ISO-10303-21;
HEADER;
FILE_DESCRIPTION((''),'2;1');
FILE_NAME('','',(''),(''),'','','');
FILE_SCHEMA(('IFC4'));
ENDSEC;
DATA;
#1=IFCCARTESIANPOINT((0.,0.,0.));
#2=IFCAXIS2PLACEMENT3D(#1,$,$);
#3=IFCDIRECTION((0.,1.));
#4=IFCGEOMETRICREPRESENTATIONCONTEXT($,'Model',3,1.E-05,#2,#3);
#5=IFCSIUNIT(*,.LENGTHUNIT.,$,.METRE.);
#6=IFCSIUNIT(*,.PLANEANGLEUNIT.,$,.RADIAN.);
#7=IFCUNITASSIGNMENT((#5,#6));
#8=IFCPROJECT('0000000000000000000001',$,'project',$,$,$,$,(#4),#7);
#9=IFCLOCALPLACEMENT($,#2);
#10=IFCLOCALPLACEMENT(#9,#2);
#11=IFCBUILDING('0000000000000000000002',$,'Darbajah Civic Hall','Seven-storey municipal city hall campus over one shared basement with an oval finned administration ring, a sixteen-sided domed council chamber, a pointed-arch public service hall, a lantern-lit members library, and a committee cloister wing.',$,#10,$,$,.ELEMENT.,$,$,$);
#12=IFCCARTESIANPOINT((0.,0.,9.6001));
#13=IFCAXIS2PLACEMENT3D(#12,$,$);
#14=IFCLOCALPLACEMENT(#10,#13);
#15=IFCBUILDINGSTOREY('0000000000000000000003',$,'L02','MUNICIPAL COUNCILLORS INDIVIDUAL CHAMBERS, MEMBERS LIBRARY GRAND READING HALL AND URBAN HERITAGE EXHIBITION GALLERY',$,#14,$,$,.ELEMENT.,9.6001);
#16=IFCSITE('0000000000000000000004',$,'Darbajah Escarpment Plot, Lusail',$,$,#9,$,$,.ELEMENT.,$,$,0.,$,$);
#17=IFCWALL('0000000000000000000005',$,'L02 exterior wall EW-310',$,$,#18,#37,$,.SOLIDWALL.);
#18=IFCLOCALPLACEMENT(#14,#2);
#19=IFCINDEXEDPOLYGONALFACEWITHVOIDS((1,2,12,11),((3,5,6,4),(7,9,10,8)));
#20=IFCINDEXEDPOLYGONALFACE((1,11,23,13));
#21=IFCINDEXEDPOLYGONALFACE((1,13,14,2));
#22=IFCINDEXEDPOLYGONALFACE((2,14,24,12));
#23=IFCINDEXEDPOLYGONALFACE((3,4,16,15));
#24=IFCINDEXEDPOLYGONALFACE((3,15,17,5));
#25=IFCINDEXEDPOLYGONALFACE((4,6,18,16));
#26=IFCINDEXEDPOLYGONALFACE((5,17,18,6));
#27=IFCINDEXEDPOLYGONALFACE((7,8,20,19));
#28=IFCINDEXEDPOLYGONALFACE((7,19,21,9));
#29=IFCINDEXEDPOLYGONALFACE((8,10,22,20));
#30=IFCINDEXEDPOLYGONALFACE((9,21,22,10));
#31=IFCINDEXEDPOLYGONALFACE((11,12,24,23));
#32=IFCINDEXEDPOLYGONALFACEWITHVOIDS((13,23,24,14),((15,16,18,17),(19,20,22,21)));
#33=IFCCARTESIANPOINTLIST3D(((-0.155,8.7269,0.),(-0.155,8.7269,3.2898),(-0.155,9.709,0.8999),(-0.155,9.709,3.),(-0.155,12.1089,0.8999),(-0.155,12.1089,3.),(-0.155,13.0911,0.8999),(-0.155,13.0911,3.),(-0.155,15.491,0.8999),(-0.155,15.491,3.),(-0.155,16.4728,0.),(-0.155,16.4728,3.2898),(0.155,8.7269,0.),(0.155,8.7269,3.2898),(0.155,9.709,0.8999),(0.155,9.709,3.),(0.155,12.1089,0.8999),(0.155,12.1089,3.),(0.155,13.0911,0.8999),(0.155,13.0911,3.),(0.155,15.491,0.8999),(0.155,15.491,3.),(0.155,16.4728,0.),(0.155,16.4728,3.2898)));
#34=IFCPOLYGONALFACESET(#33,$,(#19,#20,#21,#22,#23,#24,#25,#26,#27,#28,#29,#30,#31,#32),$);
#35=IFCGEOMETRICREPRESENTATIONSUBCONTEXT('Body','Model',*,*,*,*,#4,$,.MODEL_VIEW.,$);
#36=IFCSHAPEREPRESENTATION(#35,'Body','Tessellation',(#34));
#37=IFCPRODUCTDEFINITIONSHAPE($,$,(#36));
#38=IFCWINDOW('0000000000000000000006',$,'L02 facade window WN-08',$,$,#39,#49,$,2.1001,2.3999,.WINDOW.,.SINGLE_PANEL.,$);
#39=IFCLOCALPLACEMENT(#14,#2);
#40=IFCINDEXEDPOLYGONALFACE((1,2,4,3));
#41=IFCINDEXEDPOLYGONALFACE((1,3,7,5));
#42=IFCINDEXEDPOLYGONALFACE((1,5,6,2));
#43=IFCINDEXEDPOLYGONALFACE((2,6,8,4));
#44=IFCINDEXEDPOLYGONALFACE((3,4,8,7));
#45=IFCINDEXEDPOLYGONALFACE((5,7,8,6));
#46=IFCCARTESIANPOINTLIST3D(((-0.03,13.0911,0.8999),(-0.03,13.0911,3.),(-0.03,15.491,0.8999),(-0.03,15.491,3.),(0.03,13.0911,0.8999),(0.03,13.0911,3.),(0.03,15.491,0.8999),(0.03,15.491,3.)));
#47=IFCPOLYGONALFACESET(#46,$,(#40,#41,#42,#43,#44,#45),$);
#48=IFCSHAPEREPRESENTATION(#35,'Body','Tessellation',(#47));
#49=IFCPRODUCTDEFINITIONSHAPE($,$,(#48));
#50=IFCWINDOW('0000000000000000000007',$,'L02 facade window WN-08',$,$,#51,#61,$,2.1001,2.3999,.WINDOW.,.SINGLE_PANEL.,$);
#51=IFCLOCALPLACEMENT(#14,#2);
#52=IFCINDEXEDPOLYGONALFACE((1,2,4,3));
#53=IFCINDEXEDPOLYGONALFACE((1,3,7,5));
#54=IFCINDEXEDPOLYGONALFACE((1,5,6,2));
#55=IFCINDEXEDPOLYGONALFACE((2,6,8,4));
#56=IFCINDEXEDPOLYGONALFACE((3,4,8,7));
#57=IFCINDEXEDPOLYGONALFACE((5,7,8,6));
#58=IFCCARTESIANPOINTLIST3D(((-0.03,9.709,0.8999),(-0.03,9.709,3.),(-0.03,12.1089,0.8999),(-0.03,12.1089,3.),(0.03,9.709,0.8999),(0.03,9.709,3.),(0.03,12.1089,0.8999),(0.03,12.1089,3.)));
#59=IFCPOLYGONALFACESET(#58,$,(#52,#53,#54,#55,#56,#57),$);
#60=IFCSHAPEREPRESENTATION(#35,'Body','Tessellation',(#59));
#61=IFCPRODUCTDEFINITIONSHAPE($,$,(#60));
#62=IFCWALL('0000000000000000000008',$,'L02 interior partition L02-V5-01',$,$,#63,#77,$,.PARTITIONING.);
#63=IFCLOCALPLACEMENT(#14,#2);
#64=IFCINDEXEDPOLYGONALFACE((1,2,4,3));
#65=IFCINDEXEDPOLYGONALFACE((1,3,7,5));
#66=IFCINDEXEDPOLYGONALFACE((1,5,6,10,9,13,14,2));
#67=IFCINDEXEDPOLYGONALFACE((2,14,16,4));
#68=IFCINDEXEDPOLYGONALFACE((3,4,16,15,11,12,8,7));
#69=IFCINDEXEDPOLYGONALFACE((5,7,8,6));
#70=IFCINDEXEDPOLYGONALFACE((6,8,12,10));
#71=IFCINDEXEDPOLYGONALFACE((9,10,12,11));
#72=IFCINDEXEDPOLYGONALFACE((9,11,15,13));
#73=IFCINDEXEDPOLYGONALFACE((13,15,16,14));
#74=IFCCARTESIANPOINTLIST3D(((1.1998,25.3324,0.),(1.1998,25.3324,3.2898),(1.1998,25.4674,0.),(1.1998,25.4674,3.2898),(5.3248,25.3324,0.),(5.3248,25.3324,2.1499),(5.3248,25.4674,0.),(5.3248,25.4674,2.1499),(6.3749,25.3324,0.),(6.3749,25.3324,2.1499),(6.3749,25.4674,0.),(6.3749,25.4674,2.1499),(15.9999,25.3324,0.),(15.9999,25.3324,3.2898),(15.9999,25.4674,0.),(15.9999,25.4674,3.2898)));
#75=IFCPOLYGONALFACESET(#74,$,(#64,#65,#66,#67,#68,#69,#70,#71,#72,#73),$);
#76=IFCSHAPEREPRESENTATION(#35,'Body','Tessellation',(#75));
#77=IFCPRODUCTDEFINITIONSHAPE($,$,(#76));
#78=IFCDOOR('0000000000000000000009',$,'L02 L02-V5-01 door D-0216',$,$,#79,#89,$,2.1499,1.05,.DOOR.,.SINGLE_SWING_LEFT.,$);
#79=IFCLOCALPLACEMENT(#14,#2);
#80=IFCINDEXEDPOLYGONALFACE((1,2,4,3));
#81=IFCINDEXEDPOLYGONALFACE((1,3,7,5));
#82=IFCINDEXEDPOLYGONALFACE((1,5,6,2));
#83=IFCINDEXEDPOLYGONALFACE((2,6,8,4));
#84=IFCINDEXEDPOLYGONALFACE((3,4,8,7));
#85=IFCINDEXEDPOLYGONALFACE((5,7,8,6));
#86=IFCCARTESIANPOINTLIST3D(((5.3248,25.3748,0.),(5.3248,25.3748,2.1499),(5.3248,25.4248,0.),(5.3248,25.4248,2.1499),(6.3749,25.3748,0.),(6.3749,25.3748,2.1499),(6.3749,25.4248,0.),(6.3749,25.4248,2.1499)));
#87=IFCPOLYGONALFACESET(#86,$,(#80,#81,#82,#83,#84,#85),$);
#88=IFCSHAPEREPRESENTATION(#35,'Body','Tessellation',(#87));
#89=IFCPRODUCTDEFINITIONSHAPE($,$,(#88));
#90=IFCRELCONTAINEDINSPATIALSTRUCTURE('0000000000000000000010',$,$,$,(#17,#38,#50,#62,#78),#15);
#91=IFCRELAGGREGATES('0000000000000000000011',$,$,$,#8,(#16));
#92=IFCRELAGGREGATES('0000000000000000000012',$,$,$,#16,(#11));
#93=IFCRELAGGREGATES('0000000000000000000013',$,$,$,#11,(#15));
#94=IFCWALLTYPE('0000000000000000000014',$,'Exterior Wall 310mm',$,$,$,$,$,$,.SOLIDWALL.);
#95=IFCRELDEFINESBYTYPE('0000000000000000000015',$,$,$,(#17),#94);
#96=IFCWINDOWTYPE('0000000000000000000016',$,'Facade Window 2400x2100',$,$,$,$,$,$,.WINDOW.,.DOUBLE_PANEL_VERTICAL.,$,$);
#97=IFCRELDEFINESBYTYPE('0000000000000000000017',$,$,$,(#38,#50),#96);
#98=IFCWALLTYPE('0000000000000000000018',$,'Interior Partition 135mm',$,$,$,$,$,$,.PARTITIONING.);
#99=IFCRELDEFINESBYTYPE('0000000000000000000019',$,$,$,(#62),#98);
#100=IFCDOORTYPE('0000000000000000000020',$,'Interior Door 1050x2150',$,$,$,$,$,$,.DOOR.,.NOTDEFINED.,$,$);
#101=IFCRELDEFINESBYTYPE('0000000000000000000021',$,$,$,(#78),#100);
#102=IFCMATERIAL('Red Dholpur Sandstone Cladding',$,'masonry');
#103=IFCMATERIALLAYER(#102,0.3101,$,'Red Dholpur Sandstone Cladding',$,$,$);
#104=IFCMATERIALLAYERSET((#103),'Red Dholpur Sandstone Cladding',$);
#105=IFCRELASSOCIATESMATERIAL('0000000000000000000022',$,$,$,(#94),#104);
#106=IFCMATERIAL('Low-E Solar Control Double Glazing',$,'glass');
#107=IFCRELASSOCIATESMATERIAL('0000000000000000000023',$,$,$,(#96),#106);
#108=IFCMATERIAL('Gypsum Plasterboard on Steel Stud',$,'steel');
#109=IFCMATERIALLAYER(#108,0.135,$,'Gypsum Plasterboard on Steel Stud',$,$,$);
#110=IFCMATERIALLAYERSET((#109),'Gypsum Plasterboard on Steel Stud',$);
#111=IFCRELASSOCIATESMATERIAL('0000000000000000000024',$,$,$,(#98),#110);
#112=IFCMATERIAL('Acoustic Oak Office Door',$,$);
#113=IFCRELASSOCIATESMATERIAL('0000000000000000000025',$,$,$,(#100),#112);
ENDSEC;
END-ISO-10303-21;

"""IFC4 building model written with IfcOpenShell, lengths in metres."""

from ifc_helpers import new_model, si_unit, direction, frame, frame_2d, origin, place, context, subcontext, project, spatial, rectangle, extrude, material, layer, layer_set, type_object, element, fill, save


model = new_model("IFC4")

# Units and contexts
model_context = context("Model", 3, precision=1e-05, world=origin(), true_north=direction((0.0, 1.0)))
body_context = subcontext(model_context, "Body", "Model", "MODEL_VIEW")
ifc_project = project(units=[si_unit("LENGTHUNIT", "METRE"), si_unit("PLANEANGLEUNIT", "RADIAN")], contexts=[model_context])

# Site, building, storey
site_placement = place(None, origin())
site = spatial("IfcSite", under=ifc_project, at=site_placement, Name="Darbajah Escarpment Plot, Lusail", CompositionType="ELEMENT", RefElevation=0.0)
building_placement = place(site_placement, origin())
building = spatial("IfcBuilding", under=site, at=building_placement, Name="Darbajah Civic Hall", Description="Seven-storey municipal city hall campus over one shared basement with an oval finned administration ring, a sixteen-sided domed council chamber, a pointed-arch public service hall, a lantern-lit members library, and a committee cloister wing.", CompositionType="ELEMENT")
storey_placement = place(building_placement, frame((0.0, 0.0, 9.6001)))
storey = spatial("IfcBuildingStorey", under=building, at=storey_placement, Name="L02", Description="MUNICIPAL COUNCILLORS INDIVIDUAL CHAMBERS, MEMBERS LIBRARY GRAND READING HALL AND URBAN HERITAGE EXHIBITION GALLERY", CompositionType="ELEMENT", Elevation=9.6001)

# Wall, openings, windows
ifc_material_1 = material(Name="Red Dholpur Sandstone Cladding", Category="masonry")
ifc_layer_1 = layer(ifc_material_1, 0.3101, Name="Red Dholpur Sandstone Cladding")
ifc_layer_set_1 = layer_set([ifc_layer_1], Name="Red Dholpur Sandstone Cladding")
wall_type_1 = type_object("IfcWallType", Name="Exterior Wall 310mm", PredefinedType="SOLIDWALL", material=ifc_layer_set_1)
ifc_material_2 = material(Name="Low-E Solar Control Double Glazing", Category="glass")
wall_1_placement = place(storey_placement, frame((0.0, 16.4729, 0.0), z_axis=(0.0, 0.0, 1.0), x_axis=(0.0, -1.0, 0.0)))
wall_1 = element("IfcWall", 1, at=wall_1_placement, inside=storey, type_object=wall_type_1, Name="L02 exterior wall EW-310", PredefinedType="SOLIDWALL", context=body_context, shape_type="SweptSolid", body=[
    extrude(rectangle(XDim=7.7458, YDim=0.3101, at=frame_2d((3.873, 0.0))), origin(), (0.0, 0.0, 1.0), 3.2898),
])
opening_1_placement = place(wall_1_placement, frame((0.9819, 0.0, 0.8999)))
opening_1 = element("IfcOpeningElement", 2, at=opening_1_placement, cuts=wall_1, PredefinedType="OPENING", context=body_context, shape_type="SweptSolid", body=[
    extrude(rectangle(XDim=2.3999, YDim=2.1001, at=frame_2d((1.2, 1.05))), frame((0.0, 0.165, 0.0), z_axis=(0.0, -1.0, 0.0), x_axis=(1.0, 0.0, 0.0)), (0.0, 0.0, 1.0), 0.3301),
])
opening_2_placement = place(wall_1_placement, frame((4.364, 0.0, 0.8999)))
opening_2 = element("IfcOpeningElement", 3, at=opening_2_placement, cuts=wall_1, PredefinedType="OPENING", context=body_context, shape_type="SweptSolid", body=[
    extrude(rectangle(XDim=2.3999, YDim=2.1001, at=frame_2d((1.2, 1.05))), frame((0.0, 0.165, 0.0), z_axis=(0.0, -1.0, 0.0), x_axis=(1.0, 0.0, 0.0)), (0.0, 0.0, 1.0), 0.3301),
])
window_type_1 = type_object("IfcWindowType", Name="Facade Window 2400x2100", PartitioningType="DOUBLE_PANEL_VERTICAL", PredefinedType="WINDOW", material=ifc_material_2)
window_1_placement = place(opening_1_placement, origin())
window_1 = element("IfcWindow", 4, at=window_1_placement, inside=storey, type_object=window_type_1, Name="L02 facade window WN-08", OverallHeight=2.1001, OverallWidth=2.3999, PartitioningType="SINGLE_PANEL", PredefinedType="WINDOW", context=body_context, shape_type="SweptSolid", body=[
    extrude(rectangle(XDim=2.3999, YDim=2.1001, at=frame_2d((1.2, 1.05))), frame((0.0, 0.03, 0.0), z_axis=(0.0, -1.0, 0.0), x_axis=(1.0, 0.0, 0.0)), (0.0, 0.0, 1.0), 0.0601),
])
fill(opening_1, window_1)
window_2_placement = place(opening_2_placement, origin())
window_2 = element("IfcWindow", 5, at=window_2_placement, inside=storey, type_object=window_type_1, Name="L02 facade window WN-08", OverallHeight=2.1001, OverallWidth=2.3999, PartitioningType="SINGLE_PANEL", PredefinedType="WINDOW", context=body_context, shape_type="SweptSolid", body=[
    extrude(rectangle(XDim=2.3999, YDim=2.1001, at=frame_2d((1.2, 1.05))), frame((0.0, 0.03, 0.0), z_axis=(0.0, -1.0, 0.0), x_axis=(1.0, 0.0, 0.0)), (0.0, 0.0, 1.0), 0.0601),
])
fill(opening_2, window_2)

# Wall, opening, door
ifc_material_3 = material(Name="Gypsum Plasterboard on Steel Stud", Category="steel")
ifc_layer_2 = layer(ifc_material_3, 0.135, Name="Gypsum Plasterboard on Steel Stud")
ifc_layer_set_2 = layer_set([ifc_layer_2], Name="Gypsum Plasterboard on Steel Stud")
wall_type_2 = type_object("IfcWallType", Name="Interior Partition 135mm", PredefinedType="PARTITIONING", material=ifc_layer_set_2)
wall_2_placement = place(storey_placement, frame((1.2, 25.3999, 0.0), z_axis=(0.0, 0.0, 1.0), x_axis=(1.0, 0.0, 0.0)))
wall_2 = element("IfcWall", 6, at=wall_2_placement, inside=storey, type_object=wall_type_2, Name="L02 interior partition L02-V5-01", PredefinedType="PARTITIONING", context=body_context, shape_type="SweptSolid", body=[
    extrude(rectangle(XDim=14.8, YDim=0.135, at=frame_2d((7.3999, 0.0))), origin(), (0.0, 0.0, 1.0), 3.2898),
])
opening_3_placement = place(wall_2_placement, frame((4.125, 0.0, 0.0)))
opening_3 = element("IfcOpeningElement", 7, at=opening_3_placement, cuts=wall_2, PredefinedType="OPENING", context=body_context, shape_type="SweptSolid", body=[
    extrude(rectangle(XDim=1.05, YDim=2.1499, at=frame_2d((0.5249, 1.075))), frame((0.0, 0.0774, 0.0), z_axis=(0.0, -1.0, 0.0), x_axis=(1.0, 0.0, 0.0)), (0.0, 0.0, 1.0), 0.155),
])
ifc_material_4 = material(Name="Acoustic Oak Office Door")
door_type = type_object("IfcDoorType", Name="Interior Door 1050x2150", OperationType="NOTDEFINED", PredefinedType="DOOR", material=ifc_material_4)
door_placement = place(opening_3_placement, origin())
door = element("IfcDoor", 8, at=door_placement, inside=storey, type_object=door_type, Name="L02 L02-V5-01 door D-0216", OperationType="SINGLE_SWING_LEFT", OverallHeight=2.1499, OverallWidth=1.05, PredefinedType="DOOR", context=body_context, shape_type="SweptSolid", body=[
    extrude(rectangle(XDim=1.05, YDim=2.1499, at=frame_2d((0.5249, 1.075))), frame((0.0, 0.0249, 0.0), z_axis=(0.0, -1.0, 0.0), x_axis=(1.0, 0.0, 0.0)), (0.0, 0.0, 1.0), 0.05),
])
fill(opening_3, door)

save(model, "model.ifc")
